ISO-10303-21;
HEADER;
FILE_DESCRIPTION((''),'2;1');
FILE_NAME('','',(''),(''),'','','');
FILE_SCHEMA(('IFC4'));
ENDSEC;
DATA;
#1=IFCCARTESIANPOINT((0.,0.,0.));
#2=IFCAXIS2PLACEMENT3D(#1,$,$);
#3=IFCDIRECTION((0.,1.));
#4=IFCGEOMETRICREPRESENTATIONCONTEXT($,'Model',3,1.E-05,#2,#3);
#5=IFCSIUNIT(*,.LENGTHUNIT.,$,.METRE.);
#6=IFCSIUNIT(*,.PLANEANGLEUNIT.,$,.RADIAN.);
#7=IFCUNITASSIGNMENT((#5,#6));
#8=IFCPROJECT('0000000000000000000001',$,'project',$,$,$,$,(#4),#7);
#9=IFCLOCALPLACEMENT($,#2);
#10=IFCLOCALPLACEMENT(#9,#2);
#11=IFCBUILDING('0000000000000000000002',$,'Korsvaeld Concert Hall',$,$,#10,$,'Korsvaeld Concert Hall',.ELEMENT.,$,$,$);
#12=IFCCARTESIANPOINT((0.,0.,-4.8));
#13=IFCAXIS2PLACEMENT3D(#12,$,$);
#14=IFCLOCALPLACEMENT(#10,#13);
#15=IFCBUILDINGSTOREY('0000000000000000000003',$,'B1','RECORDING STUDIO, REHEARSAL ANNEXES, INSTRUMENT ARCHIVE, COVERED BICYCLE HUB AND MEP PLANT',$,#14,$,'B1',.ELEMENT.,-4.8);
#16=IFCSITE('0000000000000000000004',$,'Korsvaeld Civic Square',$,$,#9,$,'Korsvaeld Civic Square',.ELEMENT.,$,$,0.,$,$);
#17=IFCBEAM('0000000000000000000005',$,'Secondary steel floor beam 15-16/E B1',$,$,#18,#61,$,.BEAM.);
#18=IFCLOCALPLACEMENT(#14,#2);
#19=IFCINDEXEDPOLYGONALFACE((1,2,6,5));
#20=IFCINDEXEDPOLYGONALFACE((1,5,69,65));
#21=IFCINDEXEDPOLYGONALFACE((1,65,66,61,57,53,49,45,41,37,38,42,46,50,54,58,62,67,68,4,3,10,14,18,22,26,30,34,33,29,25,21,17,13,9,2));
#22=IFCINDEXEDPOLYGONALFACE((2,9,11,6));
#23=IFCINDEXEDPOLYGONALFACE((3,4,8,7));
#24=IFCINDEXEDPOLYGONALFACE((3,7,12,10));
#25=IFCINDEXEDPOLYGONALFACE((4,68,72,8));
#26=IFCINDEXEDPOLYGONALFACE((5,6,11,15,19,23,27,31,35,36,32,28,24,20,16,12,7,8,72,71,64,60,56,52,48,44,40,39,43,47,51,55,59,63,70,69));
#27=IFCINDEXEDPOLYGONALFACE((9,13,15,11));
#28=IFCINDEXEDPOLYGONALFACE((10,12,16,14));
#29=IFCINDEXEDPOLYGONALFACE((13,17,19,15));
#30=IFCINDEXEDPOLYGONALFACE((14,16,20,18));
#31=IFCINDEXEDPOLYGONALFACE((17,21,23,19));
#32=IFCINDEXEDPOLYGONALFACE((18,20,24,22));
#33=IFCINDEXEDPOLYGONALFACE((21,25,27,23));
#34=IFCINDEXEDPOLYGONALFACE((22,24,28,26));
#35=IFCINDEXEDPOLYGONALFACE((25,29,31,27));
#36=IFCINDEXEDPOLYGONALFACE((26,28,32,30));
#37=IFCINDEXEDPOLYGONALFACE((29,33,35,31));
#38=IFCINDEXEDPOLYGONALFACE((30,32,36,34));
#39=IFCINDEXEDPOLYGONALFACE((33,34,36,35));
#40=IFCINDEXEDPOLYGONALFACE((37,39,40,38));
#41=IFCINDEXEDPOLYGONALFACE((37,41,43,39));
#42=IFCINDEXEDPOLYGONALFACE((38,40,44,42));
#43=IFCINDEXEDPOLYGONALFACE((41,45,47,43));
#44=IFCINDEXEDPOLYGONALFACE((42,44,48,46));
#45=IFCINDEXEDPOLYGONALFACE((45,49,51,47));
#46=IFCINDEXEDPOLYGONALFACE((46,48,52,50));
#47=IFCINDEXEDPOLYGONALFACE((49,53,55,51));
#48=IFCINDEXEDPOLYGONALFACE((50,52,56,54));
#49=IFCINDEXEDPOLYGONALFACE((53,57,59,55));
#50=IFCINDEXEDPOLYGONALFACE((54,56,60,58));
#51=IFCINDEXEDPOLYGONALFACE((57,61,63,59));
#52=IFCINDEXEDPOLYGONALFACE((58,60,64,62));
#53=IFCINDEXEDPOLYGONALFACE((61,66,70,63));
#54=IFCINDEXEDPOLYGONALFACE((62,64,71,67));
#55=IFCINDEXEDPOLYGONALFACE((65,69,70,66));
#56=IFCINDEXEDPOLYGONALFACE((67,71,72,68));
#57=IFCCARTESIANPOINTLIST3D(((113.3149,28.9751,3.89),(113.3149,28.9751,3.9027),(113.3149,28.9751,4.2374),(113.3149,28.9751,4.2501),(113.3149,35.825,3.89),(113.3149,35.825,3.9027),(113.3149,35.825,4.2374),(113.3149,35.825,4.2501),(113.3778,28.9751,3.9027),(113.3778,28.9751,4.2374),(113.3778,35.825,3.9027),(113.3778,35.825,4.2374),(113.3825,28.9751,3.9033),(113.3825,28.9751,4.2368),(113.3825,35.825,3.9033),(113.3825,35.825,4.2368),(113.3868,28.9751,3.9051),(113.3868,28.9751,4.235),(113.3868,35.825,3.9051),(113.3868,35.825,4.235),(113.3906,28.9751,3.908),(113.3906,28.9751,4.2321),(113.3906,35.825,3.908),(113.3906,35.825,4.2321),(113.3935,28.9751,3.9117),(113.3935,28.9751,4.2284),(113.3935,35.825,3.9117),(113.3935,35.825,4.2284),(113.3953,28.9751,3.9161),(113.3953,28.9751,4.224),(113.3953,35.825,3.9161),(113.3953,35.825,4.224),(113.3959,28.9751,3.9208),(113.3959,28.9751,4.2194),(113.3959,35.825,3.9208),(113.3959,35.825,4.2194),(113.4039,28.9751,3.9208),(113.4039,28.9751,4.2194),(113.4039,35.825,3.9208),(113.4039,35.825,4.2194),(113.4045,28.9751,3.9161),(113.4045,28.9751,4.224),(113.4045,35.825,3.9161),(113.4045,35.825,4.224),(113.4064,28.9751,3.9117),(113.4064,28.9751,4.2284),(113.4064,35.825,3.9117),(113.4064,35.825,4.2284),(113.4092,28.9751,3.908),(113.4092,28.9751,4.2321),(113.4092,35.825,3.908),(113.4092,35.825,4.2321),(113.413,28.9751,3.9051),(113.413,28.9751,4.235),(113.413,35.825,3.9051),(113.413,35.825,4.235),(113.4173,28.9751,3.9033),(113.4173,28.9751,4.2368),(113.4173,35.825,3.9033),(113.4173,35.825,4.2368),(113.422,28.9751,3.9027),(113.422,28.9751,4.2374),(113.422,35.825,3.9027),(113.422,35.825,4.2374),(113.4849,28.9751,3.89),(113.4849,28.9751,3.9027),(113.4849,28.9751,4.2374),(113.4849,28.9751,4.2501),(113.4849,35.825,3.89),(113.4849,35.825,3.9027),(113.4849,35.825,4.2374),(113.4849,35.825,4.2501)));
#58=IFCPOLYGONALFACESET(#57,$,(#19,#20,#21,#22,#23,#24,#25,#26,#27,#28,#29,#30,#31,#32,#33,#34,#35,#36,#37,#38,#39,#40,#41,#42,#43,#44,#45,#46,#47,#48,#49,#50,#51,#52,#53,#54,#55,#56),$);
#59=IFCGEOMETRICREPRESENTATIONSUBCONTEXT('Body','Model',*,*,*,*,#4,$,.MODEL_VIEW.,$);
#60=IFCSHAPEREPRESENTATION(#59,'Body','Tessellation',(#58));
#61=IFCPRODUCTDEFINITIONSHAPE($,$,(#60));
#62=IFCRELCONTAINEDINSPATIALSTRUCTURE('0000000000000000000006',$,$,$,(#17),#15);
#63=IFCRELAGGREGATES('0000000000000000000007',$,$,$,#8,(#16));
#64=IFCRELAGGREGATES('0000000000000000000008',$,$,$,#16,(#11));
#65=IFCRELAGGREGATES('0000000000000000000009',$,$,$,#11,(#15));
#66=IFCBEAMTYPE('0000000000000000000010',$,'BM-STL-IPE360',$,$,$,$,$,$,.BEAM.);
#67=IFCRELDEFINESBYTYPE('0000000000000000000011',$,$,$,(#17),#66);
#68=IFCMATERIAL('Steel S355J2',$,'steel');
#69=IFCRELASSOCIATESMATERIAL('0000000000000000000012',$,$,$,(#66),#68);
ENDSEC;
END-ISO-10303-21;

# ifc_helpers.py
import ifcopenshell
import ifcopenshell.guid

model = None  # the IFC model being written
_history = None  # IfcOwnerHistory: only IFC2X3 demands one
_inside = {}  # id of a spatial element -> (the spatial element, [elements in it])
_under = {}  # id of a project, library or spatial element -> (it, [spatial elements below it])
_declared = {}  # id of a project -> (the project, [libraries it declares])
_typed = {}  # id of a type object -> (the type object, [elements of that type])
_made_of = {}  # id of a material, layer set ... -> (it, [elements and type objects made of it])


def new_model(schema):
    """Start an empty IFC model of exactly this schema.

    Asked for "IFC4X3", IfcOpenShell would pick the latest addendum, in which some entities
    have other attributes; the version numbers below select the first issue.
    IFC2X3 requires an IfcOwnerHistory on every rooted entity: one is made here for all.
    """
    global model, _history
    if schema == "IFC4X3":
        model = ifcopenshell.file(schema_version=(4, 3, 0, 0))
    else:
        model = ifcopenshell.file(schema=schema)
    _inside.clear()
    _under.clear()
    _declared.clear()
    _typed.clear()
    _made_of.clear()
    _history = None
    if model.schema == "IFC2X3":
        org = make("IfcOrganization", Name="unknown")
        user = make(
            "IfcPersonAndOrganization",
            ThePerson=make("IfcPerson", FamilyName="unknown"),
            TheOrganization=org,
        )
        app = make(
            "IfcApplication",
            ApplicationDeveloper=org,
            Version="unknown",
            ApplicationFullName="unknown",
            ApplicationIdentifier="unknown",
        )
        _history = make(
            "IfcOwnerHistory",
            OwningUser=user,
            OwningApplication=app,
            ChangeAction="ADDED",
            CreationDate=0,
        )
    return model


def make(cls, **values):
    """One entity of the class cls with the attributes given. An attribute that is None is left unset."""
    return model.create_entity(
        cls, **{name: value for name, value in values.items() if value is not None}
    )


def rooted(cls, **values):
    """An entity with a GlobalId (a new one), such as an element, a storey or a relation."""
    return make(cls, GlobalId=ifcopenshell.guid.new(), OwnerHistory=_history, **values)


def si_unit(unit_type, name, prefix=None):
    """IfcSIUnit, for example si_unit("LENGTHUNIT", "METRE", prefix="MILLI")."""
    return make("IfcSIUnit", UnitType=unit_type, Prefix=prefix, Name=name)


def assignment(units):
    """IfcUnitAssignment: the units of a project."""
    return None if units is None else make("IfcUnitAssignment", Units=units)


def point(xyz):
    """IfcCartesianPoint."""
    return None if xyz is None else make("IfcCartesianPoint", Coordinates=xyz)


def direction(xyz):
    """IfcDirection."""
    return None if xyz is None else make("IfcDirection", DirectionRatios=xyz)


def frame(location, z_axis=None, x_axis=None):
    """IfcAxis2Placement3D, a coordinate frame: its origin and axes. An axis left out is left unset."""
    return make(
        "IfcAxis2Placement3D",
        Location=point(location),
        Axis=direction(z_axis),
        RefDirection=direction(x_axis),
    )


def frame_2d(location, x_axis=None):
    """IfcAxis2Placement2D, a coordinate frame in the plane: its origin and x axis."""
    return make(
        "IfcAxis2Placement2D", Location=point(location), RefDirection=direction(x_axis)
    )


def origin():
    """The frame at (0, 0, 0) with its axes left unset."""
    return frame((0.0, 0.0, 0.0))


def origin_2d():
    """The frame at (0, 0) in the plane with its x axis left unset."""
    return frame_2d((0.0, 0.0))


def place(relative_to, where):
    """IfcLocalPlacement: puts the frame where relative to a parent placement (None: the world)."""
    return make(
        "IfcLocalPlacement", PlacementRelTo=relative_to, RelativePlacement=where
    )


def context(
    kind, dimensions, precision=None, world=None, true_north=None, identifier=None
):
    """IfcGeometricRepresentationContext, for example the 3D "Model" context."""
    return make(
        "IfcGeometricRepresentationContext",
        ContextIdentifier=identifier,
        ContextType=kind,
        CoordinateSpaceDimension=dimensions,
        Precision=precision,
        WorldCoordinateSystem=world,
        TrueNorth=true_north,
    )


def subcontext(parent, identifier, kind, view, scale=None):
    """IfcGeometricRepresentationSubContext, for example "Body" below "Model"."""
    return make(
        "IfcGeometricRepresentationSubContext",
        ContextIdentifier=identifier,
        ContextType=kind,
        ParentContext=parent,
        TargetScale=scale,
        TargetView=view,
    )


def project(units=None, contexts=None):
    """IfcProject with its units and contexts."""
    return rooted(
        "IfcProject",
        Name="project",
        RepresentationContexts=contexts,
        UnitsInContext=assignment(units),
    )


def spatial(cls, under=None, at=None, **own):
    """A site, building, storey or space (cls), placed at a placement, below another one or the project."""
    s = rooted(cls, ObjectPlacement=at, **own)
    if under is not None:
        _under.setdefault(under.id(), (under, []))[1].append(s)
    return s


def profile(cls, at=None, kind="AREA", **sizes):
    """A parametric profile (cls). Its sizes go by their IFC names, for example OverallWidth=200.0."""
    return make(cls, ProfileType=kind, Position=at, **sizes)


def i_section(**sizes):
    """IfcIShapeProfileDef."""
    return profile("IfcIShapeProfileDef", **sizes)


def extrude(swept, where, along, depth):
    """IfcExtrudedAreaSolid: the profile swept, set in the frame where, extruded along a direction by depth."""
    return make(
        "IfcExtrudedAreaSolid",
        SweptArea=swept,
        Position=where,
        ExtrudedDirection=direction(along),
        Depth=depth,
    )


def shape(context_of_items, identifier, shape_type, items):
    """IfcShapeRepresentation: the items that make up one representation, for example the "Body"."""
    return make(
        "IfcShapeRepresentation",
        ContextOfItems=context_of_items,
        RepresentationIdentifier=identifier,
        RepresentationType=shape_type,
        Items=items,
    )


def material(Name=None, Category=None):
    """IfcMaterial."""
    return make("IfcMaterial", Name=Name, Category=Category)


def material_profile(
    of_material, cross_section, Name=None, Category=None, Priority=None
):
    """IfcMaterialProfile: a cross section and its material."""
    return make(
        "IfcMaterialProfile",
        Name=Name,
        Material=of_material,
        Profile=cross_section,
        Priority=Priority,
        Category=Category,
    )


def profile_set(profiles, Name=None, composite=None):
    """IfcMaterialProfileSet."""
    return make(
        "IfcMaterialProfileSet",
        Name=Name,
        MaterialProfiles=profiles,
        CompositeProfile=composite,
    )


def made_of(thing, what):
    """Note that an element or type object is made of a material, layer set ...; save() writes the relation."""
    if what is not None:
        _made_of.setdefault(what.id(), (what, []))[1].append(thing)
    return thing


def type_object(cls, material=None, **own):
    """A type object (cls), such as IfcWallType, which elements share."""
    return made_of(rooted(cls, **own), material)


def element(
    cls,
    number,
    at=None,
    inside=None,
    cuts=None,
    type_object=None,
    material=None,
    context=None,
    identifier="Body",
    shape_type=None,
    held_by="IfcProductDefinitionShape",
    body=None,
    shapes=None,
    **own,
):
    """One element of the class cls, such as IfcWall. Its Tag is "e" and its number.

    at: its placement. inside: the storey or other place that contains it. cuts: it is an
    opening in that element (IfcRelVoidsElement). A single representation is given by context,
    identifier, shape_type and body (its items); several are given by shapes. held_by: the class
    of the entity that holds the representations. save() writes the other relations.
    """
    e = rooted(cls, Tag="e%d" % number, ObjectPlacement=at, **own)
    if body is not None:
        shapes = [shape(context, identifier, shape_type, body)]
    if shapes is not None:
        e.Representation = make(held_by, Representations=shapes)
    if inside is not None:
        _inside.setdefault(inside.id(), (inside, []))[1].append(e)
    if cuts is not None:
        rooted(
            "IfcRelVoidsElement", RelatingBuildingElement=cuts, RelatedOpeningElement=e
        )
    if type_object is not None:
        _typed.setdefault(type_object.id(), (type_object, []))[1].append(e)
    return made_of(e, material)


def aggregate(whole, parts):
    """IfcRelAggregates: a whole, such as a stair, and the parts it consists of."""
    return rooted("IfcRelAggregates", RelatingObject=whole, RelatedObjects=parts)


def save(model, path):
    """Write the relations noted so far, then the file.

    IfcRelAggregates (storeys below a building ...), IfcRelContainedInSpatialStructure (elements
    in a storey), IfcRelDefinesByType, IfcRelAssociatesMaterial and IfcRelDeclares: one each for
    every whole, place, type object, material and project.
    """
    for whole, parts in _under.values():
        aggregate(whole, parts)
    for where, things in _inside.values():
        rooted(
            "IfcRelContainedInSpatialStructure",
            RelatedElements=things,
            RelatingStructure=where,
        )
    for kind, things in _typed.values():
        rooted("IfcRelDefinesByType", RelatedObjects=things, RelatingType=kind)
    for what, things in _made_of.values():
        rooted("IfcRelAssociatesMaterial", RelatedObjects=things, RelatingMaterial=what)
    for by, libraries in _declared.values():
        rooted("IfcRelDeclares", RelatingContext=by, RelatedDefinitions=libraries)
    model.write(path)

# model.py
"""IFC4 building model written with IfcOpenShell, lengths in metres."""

from ifc_helpers import new_model, si_unit, direction, frame, origin, origin_2d, place, context, subcontext, project, spatial, i_section, extrude, material, material_profile, profile_set, type_object, element, save


model = new_model("IFC4")

# Units and contexts
model_context = context("Model", 3, precision=1e-05, world=origin(), true_north=direction((0.0, 1.0)))
body_context = subcontext(model_context, "Body", "Model", "MODEL_VIEW")
ifc_project = project(units=[si_unit("LENGTHUNIT", "METRE"), si_unit("PLANEANGLEUNIT", "RADIAN")], contexts=[model_context])

# Site, building, storey
site_placement = place(None, origin())
site = spatial("IfcSite", under=ifc_project, at=site_placement, Name="Korsvaeld Civic Square", LongName="Korsvaeld Civic Square", CompositionType="ELEMENT", RefElevation=0.0)
building_placement = place(site_placement, origin())
building = spatial("IfcBuilding", under=site, at=building_placement, Name="Korsvaeld Concert Hall", LongName="Korsvaeld Concert Hall", CompositionType="ELEMENT")
storey_placement = place(building_placement, frame((0.0, 0.0, -4.8)))
storey = spatial("IfcBuildingStorey", under=building, at=storey_placement, Name="B1", Description="RECORDING STUDIO, REHEARSAL ANNEXES, INSTRUMENT ARCHIVE, COVERED BICYCLE HUB AND MEP PLANT", LongName="B1", CompositionType="ELEMENT", Elevation=-4.8)

# Beam
ifc_material_1 = material(Name="Steel S355J2", Category="steel")
ifc_material_profile_1 = material_profile(ifc_material_1, i_section(OverallWidth=0.1699, OverallDepth=0.3601, WebThickness=0.0081, FlangeThickness=0.0127, FilletRadius=0.0181, at=origin_2d()), Name="IPE 360")
ifc_profile_set_1 = profile_set([ifc_material_profile_1], Name="Steel S355J2")
beam_type_1 = type_object("IfcBeamType", Name="BM-STL-IPE360", PredefinedType="BEAM", material=ifc_profile_set_1)
beam_1_placement = place(storey_placement, frame((113.3999, 28.9751, 4.0701), z_axis=(0.0, 1.0, 0.0), x_axis=(-1.0, 0.0, 0.0)))
element("IfcBeam", 1, at=beam_1_placement, inside=storey, type_object=beam_type_1, Name="Secondary steel floor beam 15-16/E B1", PredefinedType="BEAM", context=body_context, shape_type="SweptSolid", body=[
    extrude(i_section(OverallWidth=0.1699, OverallDepth=0.3601, WebThickness=0.0081, FlangeThickness=0.0127, FilletRadius=0.0181, at=origin_2d()), origin(), (0.0, 0.0, 1.0), 6.8499),
])

save(model, "model.ifc")
